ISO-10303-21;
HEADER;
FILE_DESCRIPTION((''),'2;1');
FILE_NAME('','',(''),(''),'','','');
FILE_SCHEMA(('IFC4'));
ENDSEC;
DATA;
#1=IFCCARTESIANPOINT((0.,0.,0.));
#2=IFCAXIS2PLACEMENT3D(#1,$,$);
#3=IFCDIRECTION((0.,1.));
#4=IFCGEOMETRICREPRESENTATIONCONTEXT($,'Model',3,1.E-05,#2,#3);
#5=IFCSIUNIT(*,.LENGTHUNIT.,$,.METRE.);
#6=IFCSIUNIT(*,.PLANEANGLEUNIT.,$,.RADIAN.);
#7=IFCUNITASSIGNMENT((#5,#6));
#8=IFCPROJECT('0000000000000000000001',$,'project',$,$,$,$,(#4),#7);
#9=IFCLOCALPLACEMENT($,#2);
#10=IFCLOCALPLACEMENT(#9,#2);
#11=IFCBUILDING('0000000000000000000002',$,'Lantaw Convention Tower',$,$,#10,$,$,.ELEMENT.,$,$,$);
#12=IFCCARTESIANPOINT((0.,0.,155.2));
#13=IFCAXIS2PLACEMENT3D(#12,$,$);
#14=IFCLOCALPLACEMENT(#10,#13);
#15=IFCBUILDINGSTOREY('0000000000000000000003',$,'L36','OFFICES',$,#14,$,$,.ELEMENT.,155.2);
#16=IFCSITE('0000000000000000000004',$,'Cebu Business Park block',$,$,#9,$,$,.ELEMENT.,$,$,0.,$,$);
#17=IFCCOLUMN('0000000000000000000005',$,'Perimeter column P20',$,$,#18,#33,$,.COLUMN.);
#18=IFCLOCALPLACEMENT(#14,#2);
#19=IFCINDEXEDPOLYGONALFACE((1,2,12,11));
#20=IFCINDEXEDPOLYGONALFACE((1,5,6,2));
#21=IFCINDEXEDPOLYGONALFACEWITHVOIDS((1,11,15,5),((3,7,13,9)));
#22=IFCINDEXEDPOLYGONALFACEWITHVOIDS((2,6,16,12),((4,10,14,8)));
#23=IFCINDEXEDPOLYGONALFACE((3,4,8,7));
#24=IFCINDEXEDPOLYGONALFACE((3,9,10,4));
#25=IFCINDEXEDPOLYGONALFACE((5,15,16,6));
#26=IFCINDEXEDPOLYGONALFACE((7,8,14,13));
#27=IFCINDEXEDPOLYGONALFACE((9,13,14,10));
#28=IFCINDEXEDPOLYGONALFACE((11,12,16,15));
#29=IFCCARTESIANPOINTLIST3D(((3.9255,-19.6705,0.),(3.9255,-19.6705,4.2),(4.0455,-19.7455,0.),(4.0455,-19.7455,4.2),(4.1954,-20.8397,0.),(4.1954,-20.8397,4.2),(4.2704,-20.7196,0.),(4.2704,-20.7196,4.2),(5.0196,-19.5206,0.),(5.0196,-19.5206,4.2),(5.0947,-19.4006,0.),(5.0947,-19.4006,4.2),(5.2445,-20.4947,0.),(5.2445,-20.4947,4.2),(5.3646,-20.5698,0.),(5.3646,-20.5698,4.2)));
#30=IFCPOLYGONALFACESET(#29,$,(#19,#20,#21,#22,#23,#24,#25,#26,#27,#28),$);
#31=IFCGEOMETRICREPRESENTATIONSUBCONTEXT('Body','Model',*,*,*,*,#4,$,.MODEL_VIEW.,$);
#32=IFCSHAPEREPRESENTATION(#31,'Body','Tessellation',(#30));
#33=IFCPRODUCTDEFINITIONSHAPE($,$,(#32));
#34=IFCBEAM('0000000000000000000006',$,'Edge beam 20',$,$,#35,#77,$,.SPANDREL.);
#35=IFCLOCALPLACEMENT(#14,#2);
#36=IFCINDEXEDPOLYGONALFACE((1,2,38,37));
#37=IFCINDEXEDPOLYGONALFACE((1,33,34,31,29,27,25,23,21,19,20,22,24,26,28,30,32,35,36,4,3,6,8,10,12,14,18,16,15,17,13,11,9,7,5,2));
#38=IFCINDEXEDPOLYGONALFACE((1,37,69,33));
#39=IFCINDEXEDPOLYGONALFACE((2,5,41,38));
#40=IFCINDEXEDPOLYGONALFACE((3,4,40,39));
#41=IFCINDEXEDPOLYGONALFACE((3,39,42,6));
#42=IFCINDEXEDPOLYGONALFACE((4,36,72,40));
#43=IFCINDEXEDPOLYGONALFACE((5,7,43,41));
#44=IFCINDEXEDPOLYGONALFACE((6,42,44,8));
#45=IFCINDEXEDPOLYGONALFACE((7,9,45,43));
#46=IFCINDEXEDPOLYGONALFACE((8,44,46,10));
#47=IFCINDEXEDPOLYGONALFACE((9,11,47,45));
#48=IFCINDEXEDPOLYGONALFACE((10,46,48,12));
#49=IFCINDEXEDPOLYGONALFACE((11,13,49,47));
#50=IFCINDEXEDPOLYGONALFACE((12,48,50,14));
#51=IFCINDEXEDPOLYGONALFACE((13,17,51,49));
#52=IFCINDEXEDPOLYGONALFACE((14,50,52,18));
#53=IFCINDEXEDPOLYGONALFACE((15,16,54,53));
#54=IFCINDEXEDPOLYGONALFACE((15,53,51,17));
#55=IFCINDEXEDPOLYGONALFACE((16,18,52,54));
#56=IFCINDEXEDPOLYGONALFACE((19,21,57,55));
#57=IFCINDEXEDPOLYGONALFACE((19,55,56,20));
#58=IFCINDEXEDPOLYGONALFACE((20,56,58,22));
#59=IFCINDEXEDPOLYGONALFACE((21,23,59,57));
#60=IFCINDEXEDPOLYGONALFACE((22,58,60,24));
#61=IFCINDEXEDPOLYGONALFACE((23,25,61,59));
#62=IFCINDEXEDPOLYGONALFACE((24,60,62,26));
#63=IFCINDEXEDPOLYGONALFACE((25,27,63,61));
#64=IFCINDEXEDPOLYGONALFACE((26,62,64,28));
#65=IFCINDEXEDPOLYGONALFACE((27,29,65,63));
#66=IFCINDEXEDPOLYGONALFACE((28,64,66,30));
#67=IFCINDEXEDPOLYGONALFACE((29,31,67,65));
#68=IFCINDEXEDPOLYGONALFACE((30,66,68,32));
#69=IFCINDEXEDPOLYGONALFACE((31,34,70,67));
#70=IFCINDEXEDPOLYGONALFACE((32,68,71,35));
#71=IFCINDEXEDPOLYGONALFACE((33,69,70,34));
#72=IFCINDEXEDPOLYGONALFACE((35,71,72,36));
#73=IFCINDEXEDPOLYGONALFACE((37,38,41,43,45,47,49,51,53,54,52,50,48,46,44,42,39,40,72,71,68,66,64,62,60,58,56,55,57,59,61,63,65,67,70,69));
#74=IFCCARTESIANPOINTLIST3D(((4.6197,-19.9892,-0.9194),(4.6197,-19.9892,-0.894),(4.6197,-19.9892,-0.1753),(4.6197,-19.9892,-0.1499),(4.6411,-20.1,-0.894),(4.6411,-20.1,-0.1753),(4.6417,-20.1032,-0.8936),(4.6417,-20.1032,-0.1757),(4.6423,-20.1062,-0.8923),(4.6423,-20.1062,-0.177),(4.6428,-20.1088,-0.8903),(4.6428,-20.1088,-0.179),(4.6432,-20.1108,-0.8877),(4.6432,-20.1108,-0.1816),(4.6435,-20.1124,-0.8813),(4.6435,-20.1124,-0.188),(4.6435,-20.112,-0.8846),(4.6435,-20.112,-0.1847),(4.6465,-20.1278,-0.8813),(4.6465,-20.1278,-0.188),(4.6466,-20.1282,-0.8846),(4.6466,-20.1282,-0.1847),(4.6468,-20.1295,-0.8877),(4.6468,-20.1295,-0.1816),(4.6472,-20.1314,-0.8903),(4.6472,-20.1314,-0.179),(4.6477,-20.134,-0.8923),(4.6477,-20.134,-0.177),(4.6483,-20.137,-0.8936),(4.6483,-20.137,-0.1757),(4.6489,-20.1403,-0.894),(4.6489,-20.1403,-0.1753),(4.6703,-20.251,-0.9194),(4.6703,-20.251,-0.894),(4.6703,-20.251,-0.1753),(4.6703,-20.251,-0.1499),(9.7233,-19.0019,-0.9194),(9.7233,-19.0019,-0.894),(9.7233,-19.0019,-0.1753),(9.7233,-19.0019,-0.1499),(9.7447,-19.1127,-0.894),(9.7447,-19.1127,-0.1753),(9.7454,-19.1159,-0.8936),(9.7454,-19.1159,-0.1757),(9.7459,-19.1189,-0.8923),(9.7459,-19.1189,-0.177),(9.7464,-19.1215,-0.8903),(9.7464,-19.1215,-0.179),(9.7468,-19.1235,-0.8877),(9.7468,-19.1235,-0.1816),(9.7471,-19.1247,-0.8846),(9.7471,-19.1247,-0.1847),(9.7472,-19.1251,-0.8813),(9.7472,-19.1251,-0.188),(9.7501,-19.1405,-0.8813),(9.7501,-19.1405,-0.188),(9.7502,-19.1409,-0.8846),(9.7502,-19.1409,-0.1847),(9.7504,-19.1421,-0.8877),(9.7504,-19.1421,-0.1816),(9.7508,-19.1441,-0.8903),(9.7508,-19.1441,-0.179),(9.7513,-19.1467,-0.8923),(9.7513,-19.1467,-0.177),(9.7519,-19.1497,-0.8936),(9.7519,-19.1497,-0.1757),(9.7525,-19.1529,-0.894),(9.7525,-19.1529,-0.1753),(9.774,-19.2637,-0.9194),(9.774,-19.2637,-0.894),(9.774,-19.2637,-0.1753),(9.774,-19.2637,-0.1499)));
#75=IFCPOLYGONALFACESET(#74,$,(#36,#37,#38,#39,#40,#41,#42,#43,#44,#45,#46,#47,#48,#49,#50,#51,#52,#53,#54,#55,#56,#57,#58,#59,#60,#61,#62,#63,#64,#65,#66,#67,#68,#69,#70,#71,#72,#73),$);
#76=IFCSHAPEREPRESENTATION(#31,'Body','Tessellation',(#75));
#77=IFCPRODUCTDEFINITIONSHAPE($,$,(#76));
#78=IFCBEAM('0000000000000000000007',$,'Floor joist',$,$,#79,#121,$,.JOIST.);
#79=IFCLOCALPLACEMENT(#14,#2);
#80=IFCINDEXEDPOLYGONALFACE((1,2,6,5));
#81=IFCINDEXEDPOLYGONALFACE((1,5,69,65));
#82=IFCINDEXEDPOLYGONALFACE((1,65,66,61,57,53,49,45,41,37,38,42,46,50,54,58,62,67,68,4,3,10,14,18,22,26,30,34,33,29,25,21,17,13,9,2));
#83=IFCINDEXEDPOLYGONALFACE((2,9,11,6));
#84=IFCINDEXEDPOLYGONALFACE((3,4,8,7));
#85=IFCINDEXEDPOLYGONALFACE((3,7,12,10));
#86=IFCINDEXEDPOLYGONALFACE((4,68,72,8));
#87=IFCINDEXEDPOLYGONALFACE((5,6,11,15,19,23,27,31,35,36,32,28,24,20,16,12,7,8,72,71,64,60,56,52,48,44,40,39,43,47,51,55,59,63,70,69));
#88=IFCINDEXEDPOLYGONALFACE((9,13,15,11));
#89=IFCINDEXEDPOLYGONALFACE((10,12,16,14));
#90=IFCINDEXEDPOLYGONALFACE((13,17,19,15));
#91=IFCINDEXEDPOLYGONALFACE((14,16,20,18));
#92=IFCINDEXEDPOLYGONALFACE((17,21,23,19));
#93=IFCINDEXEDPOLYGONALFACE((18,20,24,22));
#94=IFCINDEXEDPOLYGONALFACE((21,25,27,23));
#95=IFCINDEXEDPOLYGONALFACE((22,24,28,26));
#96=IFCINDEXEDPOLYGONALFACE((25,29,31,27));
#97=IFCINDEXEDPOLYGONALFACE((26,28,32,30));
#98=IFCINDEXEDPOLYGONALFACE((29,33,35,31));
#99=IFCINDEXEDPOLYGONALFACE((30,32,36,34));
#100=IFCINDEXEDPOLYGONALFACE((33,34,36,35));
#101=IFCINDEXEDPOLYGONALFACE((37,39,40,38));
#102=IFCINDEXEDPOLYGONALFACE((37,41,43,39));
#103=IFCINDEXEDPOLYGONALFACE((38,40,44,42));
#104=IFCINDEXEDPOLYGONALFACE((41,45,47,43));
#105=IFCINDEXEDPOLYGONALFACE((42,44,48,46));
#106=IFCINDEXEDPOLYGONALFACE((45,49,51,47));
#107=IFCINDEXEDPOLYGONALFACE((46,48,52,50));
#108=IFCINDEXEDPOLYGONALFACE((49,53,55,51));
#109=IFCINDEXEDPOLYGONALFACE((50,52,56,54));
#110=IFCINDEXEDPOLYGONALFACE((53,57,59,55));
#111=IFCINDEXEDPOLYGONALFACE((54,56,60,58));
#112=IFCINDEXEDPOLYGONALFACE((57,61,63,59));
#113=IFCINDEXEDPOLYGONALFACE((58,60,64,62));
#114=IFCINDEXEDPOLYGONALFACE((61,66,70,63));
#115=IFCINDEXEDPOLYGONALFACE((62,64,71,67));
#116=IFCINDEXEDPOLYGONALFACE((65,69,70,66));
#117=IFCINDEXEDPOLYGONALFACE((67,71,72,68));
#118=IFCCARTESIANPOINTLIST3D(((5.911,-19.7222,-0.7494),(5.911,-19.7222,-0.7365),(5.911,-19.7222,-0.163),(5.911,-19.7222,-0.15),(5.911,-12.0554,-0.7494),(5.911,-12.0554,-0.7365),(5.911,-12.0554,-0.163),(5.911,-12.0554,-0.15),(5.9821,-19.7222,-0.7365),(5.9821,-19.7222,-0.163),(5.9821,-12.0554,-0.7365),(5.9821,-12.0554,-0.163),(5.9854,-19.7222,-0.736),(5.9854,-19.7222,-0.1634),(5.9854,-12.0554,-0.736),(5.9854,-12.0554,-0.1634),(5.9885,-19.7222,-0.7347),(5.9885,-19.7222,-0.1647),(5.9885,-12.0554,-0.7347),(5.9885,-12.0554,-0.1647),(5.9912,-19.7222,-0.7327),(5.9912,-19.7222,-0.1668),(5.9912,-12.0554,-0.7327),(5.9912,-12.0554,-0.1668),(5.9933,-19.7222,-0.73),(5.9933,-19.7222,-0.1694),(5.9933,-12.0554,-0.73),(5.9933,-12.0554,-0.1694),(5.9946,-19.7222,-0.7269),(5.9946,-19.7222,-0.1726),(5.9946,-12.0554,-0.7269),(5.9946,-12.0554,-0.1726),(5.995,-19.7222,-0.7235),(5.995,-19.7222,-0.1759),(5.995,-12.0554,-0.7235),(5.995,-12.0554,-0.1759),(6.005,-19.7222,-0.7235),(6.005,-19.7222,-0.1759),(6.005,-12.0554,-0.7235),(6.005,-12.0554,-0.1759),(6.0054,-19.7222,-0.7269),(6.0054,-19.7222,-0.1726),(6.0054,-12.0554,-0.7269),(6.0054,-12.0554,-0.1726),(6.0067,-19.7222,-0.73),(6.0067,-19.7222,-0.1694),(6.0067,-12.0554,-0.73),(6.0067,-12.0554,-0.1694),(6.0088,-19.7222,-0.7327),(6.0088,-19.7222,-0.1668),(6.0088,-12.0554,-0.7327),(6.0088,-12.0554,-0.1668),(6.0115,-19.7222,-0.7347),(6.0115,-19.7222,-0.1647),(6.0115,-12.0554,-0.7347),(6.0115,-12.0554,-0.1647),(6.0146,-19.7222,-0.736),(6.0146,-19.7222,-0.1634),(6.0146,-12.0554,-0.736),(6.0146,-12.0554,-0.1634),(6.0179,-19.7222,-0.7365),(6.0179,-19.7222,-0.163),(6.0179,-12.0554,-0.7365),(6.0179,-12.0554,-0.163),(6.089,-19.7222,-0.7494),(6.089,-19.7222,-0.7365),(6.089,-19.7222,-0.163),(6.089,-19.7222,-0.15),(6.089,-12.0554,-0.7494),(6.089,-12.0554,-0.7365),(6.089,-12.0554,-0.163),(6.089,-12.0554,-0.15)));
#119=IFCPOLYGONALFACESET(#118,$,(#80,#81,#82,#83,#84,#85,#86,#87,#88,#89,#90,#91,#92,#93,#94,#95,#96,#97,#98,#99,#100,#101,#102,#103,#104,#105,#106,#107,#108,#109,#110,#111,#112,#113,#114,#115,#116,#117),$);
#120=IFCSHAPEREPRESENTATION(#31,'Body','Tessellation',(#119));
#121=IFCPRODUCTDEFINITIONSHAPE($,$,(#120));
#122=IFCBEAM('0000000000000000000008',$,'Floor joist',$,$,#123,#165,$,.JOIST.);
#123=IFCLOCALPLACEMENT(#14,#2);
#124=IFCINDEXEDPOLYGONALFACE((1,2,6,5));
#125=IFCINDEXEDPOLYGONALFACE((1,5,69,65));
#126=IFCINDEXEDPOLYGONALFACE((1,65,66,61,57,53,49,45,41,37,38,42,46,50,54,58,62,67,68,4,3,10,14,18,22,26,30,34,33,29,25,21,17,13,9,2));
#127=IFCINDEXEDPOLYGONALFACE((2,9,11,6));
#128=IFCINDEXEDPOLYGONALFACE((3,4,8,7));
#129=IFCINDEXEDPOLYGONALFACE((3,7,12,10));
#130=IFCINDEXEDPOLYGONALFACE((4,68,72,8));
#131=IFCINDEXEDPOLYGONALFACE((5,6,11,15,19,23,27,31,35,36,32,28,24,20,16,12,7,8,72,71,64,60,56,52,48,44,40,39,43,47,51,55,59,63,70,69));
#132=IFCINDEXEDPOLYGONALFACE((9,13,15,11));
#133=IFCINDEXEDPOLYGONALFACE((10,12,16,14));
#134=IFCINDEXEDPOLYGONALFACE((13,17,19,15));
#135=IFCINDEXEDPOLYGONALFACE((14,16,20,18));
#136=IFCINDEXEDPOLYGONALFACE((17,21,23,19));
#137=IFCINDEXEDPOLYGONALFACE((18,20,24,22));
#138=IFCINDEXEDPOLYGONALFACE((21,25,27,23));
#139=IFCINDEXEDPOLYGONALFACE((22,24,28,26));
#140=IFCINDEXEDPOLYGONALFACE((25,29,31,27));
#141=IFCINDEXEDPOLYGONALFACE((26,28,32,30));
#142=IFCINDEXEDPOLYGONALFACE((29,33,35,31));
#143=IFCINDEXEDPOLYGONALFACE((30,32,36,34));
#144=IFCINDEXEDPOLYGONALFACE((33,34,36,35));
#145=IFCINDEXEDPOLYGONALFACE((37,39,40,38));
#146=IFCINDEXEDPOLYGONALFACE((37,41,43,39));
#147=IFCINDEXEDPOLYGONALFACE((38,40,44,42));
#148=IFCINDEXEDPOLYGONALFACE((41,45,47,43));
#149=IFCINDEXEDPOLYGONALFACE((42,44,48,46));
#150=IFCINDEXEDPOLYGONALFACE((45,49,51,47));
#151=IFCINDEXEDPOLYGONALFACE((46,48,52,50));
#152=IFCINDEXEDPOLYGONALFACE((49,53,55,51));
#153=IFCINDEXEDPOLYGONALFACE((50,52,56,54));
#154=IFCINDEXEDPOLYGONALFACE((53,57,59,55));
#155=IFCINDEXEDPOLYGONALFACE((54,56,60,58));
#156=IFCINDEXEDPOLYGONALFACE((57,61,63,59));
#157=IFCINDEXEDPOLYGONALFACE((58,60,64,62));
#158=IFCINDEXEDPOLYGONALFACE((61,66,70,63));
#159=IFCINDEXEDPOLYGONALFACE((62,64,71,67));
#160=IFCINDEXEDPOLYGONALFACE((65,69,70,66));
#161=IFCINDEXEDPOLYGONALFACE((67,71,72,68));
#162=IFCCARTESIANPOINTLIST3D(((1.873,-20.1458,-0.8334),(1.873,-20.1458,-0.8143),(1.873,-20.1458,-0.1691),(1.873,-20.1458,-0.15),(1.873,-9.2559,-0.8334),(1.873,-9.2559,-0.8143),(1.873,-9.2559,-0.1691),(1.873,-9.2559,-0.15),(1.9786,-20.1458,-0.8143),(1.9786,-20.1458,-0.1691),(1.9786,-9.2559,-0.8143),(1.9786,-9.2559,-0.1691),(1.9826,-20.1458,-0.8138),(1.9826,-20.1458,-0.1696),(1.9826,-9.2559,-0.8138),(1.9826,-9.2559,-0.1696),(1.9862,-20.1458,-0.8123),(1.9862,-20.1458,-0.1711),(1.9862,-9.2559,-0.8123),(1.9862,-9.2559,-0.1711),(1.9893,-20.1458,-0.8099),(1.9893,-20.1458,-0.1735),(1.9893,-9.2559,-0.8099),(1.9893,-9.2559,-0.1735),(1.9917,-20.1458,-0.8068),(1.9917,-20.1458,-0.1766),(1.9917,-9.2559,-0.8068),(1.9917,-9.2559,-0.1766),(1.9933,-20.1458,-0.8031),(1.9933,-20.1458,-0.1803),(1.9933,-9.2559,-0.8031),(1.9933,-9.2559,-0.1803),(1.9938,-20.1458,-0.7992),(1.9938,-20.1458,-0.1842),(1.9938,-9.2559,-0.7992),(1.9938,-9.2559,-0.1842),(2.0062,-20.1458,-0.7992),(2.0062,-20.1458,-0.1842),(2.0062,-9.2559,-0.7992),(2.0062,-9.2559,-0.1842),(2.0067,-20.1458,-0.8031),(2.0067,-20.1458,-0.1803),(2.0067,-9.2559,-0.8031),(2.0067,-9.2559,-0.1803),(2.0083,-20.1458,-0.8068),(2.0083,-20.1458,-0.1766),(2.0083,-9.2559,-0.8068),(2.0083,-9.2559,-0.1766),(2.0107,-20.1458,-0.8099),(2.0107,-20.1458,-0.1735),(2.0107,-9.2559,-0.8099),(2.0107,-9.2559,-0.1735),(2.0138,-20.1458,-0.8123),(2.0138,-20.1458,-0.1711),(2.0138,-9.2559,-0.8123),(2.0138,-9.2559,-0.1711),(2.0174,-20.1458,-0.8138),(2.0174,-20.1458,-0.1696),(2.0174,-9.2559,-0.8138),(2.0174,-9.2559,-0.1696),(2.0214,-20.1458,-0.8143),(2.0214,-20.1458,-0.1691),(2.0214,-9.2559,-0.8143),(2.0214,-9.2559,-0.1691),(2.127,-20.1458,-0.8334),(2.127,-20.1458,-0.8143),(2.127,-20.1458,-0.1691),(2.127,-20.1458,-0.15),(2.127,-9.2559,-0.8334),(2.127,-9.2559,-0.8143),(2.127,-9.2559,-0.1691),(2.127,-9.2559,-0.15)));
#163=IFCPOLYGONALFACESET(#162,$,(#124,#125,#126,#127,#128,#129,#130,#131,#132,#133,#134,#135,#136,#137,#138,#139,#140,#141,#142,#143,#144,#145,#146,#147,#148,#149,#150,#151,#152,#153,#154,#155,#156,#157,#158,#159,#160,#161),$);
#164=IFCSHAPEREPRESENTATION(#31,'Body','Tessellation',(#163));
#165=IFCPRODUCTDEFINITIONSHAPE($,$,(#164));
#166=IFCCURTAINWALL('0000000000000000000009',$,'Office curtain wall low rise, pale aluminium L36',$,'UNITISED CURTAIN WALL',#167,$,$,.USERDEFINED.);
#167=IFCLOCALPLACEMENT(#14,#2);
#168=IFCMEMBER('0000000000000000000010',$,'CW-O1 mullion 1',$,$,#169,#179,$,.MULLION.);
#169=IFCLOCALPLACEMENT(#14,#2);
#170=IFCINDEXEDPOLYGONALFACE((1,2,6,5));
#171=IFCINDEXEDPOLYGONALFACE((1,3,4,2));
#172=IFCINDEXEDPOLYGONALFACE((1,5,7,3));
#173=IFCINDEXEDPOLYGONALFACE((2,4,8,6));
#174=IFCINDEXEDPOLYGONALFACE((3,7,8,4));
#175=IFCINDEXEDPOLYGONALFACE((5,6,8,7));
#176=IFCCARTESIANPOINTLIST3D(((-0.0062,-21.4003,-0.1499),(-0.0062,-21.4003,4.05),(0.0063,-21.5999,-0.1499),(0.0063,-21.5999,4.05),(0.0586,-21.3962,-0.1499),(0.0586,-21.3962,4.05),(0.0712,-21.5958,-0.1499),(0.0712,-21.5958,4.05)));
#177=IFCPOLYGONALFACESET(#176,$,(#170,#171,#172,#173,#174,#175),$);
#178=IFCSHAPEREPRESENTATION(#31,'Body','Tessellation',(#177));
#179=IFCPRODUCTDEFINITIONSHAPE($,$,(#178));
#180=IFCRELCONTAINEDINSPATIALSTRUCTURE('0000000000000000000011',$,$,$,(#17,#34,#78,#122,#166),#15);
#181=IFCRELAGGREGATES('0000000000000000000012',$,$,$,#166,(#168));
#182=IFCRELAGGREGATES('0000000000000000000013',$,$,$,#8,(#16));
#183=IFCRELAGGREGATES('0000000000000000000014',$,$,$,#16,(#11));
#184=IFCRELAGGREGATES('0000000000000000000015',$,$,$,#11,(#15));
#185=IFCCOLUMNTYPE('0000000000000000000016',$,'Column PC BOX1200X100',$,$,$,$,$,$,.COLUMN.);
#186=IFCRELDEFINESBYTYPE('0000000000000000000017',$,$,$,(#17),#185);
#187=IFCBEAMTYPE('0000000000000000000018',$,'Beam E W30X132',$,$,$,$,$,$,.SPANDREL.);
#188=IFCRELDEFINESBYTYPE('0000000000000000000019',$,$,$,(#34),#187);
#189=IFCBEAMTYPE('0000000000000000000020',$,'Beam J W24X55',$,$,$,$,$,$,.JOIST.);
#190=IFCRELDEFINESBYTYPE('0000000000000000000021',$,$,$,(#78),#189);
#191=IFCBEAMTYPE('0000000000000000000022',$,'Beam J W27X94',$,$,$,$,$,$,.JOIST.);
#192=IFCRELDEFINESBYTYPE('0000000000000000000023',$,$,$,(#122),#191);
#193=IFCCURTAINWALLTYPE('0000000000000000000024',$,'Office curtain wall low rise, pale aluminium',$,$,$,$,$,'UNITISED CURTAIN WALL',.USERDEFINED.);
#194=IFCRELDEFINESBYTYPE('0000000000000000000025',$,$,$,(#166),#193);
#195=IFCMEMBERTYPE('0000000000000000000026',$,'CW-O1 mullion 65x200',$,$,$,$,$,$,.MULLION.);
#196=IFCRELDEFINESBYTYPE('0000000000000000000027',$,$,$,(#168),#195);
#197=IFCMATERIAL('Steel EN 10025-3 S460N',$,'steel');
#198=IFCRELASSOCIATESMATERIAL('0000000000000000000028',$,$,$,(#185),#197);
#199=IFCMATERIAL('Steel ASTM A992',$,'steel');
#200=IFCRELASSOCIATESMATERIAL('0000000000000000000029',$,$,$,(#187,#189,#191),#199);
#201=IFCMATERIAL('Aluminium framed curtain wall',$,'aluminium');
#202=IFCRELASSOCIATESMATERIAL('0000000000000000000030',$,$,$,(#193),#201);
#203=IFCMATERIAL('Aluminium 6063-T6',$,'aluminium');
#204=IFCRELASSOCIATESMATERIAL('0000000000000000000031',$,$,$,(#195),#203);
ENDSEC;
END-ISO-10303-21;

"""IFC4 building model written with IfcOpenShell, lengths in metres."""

from ifc_helpers import new_model, si_unit, direction, frame, origin, origin_2d, place, context, subcontext, project, spatial, rectangle, hollow_rectangle, i_section, extrude, material, material_profile, profile_set, type_object, element, aggregate, save


model = new_model("IFC4")

# Units and contexts
model_context = context("Model", 3, precision=1e-05, world=origin(), true_north=direction((0.0, 1.0)))
body_context = subcontext(model_context, "Body", "Model", "MODEL_VIEW")
ifc_project = project(units=[si_unit("LENGTHUNIT", "METRE"), si_unit("PLANEANGLEUNIT", "RADIAN")], contexts=[model_context])

# Site, building, storey
site_placement = place(None, origin())
site = spatial("IfcSite", under=ifc_project, at=site_placement, Name="Cebu Business Park block", CompositionType="ELEMENT", RefElevation=0.0)
building_placement = place(site_placement, origin())
building = spatial("IfcBuilding", under=site, at=building_placement, Name="Lantaw Convention Tower", CompositionType="ELEMENT")
storey_placement = place(building_placement, frame((0.0, 0.0, 155.2)))
storey = spatial("IfcBuildingStorey", under=building, at=storey_placement, Name="L36", Description="OFFICES", CompositionType="ELEMENT", Elevation=155.2)

# Column
ifc_material_1 = material(Name="Steel EN 10025-3 S460N", Category="steel")
ifc_material_profile_1 = material_profile(ifc_material_1, hollow_rectangle(XDim=1.2, YDim=1.2, WallThickness=0.1001, at=origin_2d()), Name="BOX1200X100")
ifc_material_2 = material(Name="Concrete C60/75", Category="concrete")
ifc_material_profile_2 = material_profile(ifc_material_2, rectangle(XDim=1.0, YDim=1.0, at=origin_2d()), Name="Concrete fill of BOX1200X100")
ifc_profile_set_1 = profile_set([ifc_material_profile_1, ifc_material_profile_2], Name="Steel EN 10025-3 S460N")
column_type = type_object("IfcColumnType", Name="Column PC BOX1200X100", PredefinedType="COLUMN", material=ifc_profile_set_1)
column_placement = place(storey_placement, frame((4.645, -20.1201, 0.0), z_axis=(0.0, 0.0, 1.0), x_axis=(0.97437, 0.224951, 0.0)))
element("IfcColumn", 1, at=column_placement, inside=storey, type_object=column_type, Name="Perimeter column P20", PredefinedType="COLUMN", context=body_context, shape_type="SweptSolid", body=[
    extrude(hollow_rectangle(XDim=1.2, YDim=1.2, WallThickness=0.1001, at=origin_2d()), origin(), (0.0, 0.0, 1.0), 4.2),
])

# Beams
ifc_material_3 = material(Name="Steel ASTM A992", Category="steel")
ifc_material_profile_3 = material_profile(ifc_material_3, i_section(OverallWidth=0.2666, OverallDepth=0.7695, WebThickness=0.0156, FlangeThickness=0.0254, FilletRadius=0.0127, at=origin_2d()), Name="W30X132")
ifc_profile_set_2 = profile_set([ifc_material_profile_3], Name="Steel ASTM A992")
beam_type_1 = type_object("IfcBeamType", Name="Beam E W30X132", PredefinedType="SPANDREL", material=ifc_profile_set_2)
beam_1_placement = place(storey_placement, frame((4.645, -20.1201, -0.5347), z_axis=(0.981797, 0.189934, 0.0), x_axis=(-0.189934, 0.981797, 0.0)))
element("IfcBeam", 2, at=beam_1_placement, inside=storey, type_object=beam_type_1, Name="Edge beam 20", PredefinedType="SPANDREL", context=body_context, shape_type="SweptSolid", body=[
    extrude(i_section(OverallWidth=0.2666, OverallDepth=0.7695, WebThickness=0.0156, FlangeThickness=0.0254, FilletRadius=0.0127, at=origin_2d()), origin(), (0.0, 0.0, 1.0), 5.1982),
])
ifc_material_profile_4 = material_profile(ifc_material_3, i_section(OverallWidth=0.178, OverallDepth=0.5994, WebThickness=0.01, FlangeThickness=0.0129, FilletRadius=0.0129, at=origin_2d()), Name="W24X55")
ifc_profile_set_3 = profile_set([ifc_material_profile_4], Name="Steel ASTM A992")
beam_type_2 = type_object("IfcBeamType", Name="Beam J W24X55", PredefinedType="JOIST", material=ifc_profile_set_3)
beam_2_placement = place(storey_placement, frame((6.0, -19.7222, -0.4497), z_axis=(0.0, 1.0, 0.0), x_axis=(-1.0, 0.0, 0.0)))
element("IfcBeam", 3, at=beam_2_placement, inside=storey, type_object=beam_type_2, Name="Floor joist", PredefinedType="JOIST", context=body_context, shape_type="SweptSolid", body=[
    extrude(i_section(OverallWidth=0.178, OverallDepth=0.5994, WebThickness=0.01, FlangeThickness=0.0129, FilletRadius=0.0129, at=origin_2d()), origin(), (0.0, 0.0, 1.0), 7.6667),
])
ifc_material_profile_5 = material_profile(ifc_material_3, i_section(OverallWidth=0.2539, OverallDepth=0.6833, WebThickness=0.0125, FlangeThickness=0.019, FilletRadius=0.0151, at=origin_2d()), Name="W27X94")
ifc_profile_set_4 = profile_set([ifc_material_profile_5], Name="Steel ASTM A992")
beam_type_3 = type_object("IfcBeamType", Name="Beam J W27X94", PredefinedType="JOIST", material=ifc_profile_set_4)
beam_3_placement = place(storey_placement, frame((2.0, -20.1458, -0.4917), z_axis=(0.0, 1.0, 0.0), x_axis=(-1.0, 0.0, 0.0)))
element("IfcBeam", 4, at=beam_3_placement, inside=storey, type_object=beam_type_3, Name="Floor joist", PredefinedType="JOIST", context=body_context, shape_type="SweptSolid", body=[
    extrude(i_section(OverallWidth=0.2539, OverallDepth=0.6833, WebThickness=0.0125, FlangeThickness=0.019, FilletRadius=0.0151, at=origin_2d()), origin(), (0.0, 0.0, 1.0), 10.8899),
])

# Curtain wall, member
ifc_material_4 = material(Name="Aluminium framed curtain wall", Category="aluminium")
curtain_wall_type = type_object("IfcCurtainWallType", Name="Office curtain wall low rise, pale aluminium", ElementType="UNITISED CURTAIN WALL", PredefinedType="USERDEFINED", material=ifc_material_4)
curtain_wall_1_placement = place(storey_placement, origin())
curtain_wall_1 = element("IfcCurtainWall", 5, at=curtain_wall_1_placement, inside=storey, type_object=curtain_wall_type, Name="Office curtain wall low rise, pale aluminium L36", ObjectType="UNITISED CURTAIN WALL", PredefinedType="USERDEFINED")
ifc_material_5 = material(Name="Aluminium 6063-T6", Category="aluminium")
ifc_material_profile_6 = material_profile(ifc_material_5, rectangle(XDim=0.2, YDim=0.0649, at=origin_2d()), Name="CW-O1 mullion 65x200")
ifc_profile_set_5 = profile_set([ifc_material_profile_6], Name="Aluminium 6063-T6")
member_type_1 = type_object("IfcMemberType", Name="CW-O1 mullion 65x200", PredefinedType="MULLION", material=ifc_profile_set_5)
member_1_placement = place(storey_placement, frame((0.0325, -21.498, -0.1499), z_axis=(0.0, 0.0, 1.0), x_axis=(-0.062865, 0.998022, 0.0)))
member_1 = element("IfcMember", 6, at=member_1_placement, type_object=member_type_1, Name="CW-O1 mullion 1", PredefinedType="MULLION", context=body_context, shape_type="SweptSolid", body=[
    extrude(rectangle(XDim=0.2, YDim=0.0649, at=origin_2d()), origin(), (0.0, 0.0, 1.0), 4.2),
])

aggregate(curtain_wall_1, [member_1])

save(model, "model.ifc")
